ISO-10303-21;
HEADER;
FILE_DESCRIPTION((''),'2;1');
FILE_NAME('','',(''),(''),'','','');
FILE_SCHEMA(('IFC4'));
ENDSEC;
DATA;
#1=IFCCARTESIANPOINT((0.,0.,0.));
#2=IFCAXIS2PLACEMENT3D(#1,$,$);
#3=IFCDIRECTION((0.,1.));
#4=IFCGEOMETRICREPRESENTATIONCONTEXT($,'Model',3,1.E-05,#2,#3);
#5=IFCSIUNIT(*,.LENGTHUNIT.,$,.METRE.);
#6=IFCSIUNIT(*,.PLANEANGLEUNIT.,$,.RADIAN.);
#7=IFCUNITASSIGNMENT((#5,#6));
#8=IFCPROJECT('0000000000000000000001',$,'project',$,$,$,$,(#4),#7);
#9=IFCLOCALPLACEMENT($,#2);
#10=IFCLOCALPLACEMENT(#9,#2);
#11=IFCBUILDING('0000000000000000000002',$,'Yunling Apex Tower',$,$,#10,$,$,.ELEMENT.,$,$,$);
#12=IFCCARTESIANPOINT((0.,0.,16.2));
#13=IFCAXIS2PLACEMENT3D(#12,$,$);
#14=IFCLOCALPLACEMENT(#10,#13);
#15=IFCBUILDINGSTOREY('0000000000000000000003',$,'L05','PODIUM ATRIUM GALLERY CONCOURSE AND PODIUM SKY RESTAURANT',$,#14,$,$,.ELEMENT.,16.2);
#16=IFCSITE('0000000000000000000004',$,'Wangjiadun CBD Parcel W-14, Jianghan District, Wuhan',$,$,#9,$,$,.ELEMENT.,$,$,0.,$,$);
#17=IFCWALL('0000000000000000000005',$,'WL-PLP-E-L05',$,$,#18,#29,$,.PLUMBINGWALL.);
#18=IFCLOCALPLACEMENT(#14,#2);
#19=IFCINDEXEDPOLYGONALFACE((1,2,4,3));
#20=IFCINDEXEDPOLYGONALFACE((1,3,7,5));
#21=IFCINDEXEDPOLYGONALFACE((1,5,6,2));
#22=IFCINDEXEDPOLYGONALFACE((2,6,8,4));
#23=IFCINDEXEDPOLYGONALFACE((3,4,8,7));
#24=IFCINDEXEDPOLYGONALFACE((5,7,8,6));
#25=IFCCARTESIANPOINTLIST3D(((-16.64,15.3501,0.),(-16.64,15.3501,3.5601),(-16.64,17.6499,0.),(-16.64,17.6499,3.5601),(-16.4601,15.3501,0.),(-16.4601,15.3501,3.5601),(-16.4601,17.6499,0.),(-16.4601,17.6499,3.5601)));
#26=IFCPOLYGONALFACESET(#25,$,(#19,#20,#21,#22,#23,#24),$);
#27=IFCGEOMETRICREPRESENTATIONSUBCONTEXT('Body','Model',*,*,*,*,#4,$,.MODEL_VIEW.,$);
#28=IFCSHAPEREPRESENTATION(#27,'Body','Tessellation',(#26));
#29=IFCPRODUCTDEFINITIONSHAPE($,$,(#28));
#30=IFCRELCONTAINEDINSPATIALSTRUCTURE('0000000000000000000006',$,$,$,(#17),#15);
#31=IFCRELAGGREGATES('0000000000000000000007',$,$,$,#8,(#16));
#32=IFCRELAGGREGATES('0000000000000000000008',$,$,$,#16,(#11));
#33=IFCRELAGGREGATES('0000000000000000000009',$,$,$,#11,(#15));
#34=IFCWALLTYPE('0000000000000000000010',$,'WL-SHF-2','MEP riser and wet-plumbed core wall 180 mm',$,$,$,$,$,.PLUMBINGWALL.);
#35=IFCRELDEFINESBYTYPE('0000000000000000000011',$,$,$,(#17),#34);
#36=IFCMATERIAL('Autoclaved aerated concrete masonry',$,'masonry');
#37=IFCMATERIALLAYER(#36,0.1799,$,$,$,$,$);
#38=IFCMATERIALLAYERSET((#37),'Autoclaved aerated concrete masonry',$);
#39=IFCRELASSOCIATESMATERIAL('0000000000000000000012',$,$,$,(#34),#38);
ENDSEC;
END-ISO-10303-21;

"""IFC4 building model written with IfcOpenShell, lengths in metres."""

from ifc_helpers import new_model, si_unit, direction, frame, frame_2d, origin, place, context, subcontext, project, spatial, rectangle, extrude, material, layer, layer_set, type_object, element, save


model = new_model("IFC4")

# Units and contexts
model_context = context("Model", 3, precision=1e-05, world=origin(), true_north=direction((0.0, 1.0)))
body_context = subcontext(model_context, "Body", "Model", "MODEL_VIEW")
ifc_project = project(units=[si_unit("LENGTHUNIT", "METRE"), si_unit("PLANEANGLEUNIT", "RADIAN")], contexts=[model_context])

# Site, building, storey
site_placement = place(None, origin())
site = spatial("IfcSite", under=ifc_project, at=site_placement, Name="Wangjiadun CBD Parcel W-14, Jianghan District, Wuhan", CompositionType="ELEMENT", RefElevation=0.0)
building_placement = place(site_placement, origin())
building = spatial("IfcBuilding", under=site, at=building_placement, Name="Yunling Apex Tower", CompositionType="ELEMENT")
storey_placement = place(building_placement, frame((0.0, 0.0, 16.2)))
storey = spatial("IfcBuildingStorey", under=building, at=storey_placement, Name="L05", Description="PODIUM ATRIUM GALLERY CONCOURSE AND PODIUM SKY RESTAURANT", CompositionType="ELEMENT", Elevation=16.2)

# Shared definitions
ifc_material_1 = material(Name="Autoclaved aerated concrete masonry", Category="masonry")
ifc_layer_1 = layer(ifc_material_1, 0.1799)
ifc_layer_set_1 = layer_set([ifc_layer_1], Name="Autoclaved aerated concrete masonry")
wall_type_1 = type_object("IfcWallType", Name="WL-SHF-2", Description="MEP riser and wet-plumbed core wall 180 mm", PredefinedType="PLUMBINGWALL", material=ifc_layer_set_1)

# Wall
for number, where, z_axis, x_axis, name in (
    (1, (-16.55, 15.3501, 0.0), (0.0, 0.0, 1.0), (0.0, 1.0, 0.0), "WL-PLP-E-L05"),
):
    element("IfcWall", number, at=place(storey_placement, frame(where, z_axis=z_axis, x_axis=x_axis)), inside=storey, type_object=wall_type_1, Name=name, PredefinedType="PLUMBINGWALL", context=body_context, shape_type="SweptSolid", body=[
        extrude(rectangle(XDim=2.2998, YDim=0.1799, at=frame_2d((1.1499, 0.0))), origin(), (0.0, 0.0, 1.0), 3.5601),
    ])

save(model, "model.ifc")
